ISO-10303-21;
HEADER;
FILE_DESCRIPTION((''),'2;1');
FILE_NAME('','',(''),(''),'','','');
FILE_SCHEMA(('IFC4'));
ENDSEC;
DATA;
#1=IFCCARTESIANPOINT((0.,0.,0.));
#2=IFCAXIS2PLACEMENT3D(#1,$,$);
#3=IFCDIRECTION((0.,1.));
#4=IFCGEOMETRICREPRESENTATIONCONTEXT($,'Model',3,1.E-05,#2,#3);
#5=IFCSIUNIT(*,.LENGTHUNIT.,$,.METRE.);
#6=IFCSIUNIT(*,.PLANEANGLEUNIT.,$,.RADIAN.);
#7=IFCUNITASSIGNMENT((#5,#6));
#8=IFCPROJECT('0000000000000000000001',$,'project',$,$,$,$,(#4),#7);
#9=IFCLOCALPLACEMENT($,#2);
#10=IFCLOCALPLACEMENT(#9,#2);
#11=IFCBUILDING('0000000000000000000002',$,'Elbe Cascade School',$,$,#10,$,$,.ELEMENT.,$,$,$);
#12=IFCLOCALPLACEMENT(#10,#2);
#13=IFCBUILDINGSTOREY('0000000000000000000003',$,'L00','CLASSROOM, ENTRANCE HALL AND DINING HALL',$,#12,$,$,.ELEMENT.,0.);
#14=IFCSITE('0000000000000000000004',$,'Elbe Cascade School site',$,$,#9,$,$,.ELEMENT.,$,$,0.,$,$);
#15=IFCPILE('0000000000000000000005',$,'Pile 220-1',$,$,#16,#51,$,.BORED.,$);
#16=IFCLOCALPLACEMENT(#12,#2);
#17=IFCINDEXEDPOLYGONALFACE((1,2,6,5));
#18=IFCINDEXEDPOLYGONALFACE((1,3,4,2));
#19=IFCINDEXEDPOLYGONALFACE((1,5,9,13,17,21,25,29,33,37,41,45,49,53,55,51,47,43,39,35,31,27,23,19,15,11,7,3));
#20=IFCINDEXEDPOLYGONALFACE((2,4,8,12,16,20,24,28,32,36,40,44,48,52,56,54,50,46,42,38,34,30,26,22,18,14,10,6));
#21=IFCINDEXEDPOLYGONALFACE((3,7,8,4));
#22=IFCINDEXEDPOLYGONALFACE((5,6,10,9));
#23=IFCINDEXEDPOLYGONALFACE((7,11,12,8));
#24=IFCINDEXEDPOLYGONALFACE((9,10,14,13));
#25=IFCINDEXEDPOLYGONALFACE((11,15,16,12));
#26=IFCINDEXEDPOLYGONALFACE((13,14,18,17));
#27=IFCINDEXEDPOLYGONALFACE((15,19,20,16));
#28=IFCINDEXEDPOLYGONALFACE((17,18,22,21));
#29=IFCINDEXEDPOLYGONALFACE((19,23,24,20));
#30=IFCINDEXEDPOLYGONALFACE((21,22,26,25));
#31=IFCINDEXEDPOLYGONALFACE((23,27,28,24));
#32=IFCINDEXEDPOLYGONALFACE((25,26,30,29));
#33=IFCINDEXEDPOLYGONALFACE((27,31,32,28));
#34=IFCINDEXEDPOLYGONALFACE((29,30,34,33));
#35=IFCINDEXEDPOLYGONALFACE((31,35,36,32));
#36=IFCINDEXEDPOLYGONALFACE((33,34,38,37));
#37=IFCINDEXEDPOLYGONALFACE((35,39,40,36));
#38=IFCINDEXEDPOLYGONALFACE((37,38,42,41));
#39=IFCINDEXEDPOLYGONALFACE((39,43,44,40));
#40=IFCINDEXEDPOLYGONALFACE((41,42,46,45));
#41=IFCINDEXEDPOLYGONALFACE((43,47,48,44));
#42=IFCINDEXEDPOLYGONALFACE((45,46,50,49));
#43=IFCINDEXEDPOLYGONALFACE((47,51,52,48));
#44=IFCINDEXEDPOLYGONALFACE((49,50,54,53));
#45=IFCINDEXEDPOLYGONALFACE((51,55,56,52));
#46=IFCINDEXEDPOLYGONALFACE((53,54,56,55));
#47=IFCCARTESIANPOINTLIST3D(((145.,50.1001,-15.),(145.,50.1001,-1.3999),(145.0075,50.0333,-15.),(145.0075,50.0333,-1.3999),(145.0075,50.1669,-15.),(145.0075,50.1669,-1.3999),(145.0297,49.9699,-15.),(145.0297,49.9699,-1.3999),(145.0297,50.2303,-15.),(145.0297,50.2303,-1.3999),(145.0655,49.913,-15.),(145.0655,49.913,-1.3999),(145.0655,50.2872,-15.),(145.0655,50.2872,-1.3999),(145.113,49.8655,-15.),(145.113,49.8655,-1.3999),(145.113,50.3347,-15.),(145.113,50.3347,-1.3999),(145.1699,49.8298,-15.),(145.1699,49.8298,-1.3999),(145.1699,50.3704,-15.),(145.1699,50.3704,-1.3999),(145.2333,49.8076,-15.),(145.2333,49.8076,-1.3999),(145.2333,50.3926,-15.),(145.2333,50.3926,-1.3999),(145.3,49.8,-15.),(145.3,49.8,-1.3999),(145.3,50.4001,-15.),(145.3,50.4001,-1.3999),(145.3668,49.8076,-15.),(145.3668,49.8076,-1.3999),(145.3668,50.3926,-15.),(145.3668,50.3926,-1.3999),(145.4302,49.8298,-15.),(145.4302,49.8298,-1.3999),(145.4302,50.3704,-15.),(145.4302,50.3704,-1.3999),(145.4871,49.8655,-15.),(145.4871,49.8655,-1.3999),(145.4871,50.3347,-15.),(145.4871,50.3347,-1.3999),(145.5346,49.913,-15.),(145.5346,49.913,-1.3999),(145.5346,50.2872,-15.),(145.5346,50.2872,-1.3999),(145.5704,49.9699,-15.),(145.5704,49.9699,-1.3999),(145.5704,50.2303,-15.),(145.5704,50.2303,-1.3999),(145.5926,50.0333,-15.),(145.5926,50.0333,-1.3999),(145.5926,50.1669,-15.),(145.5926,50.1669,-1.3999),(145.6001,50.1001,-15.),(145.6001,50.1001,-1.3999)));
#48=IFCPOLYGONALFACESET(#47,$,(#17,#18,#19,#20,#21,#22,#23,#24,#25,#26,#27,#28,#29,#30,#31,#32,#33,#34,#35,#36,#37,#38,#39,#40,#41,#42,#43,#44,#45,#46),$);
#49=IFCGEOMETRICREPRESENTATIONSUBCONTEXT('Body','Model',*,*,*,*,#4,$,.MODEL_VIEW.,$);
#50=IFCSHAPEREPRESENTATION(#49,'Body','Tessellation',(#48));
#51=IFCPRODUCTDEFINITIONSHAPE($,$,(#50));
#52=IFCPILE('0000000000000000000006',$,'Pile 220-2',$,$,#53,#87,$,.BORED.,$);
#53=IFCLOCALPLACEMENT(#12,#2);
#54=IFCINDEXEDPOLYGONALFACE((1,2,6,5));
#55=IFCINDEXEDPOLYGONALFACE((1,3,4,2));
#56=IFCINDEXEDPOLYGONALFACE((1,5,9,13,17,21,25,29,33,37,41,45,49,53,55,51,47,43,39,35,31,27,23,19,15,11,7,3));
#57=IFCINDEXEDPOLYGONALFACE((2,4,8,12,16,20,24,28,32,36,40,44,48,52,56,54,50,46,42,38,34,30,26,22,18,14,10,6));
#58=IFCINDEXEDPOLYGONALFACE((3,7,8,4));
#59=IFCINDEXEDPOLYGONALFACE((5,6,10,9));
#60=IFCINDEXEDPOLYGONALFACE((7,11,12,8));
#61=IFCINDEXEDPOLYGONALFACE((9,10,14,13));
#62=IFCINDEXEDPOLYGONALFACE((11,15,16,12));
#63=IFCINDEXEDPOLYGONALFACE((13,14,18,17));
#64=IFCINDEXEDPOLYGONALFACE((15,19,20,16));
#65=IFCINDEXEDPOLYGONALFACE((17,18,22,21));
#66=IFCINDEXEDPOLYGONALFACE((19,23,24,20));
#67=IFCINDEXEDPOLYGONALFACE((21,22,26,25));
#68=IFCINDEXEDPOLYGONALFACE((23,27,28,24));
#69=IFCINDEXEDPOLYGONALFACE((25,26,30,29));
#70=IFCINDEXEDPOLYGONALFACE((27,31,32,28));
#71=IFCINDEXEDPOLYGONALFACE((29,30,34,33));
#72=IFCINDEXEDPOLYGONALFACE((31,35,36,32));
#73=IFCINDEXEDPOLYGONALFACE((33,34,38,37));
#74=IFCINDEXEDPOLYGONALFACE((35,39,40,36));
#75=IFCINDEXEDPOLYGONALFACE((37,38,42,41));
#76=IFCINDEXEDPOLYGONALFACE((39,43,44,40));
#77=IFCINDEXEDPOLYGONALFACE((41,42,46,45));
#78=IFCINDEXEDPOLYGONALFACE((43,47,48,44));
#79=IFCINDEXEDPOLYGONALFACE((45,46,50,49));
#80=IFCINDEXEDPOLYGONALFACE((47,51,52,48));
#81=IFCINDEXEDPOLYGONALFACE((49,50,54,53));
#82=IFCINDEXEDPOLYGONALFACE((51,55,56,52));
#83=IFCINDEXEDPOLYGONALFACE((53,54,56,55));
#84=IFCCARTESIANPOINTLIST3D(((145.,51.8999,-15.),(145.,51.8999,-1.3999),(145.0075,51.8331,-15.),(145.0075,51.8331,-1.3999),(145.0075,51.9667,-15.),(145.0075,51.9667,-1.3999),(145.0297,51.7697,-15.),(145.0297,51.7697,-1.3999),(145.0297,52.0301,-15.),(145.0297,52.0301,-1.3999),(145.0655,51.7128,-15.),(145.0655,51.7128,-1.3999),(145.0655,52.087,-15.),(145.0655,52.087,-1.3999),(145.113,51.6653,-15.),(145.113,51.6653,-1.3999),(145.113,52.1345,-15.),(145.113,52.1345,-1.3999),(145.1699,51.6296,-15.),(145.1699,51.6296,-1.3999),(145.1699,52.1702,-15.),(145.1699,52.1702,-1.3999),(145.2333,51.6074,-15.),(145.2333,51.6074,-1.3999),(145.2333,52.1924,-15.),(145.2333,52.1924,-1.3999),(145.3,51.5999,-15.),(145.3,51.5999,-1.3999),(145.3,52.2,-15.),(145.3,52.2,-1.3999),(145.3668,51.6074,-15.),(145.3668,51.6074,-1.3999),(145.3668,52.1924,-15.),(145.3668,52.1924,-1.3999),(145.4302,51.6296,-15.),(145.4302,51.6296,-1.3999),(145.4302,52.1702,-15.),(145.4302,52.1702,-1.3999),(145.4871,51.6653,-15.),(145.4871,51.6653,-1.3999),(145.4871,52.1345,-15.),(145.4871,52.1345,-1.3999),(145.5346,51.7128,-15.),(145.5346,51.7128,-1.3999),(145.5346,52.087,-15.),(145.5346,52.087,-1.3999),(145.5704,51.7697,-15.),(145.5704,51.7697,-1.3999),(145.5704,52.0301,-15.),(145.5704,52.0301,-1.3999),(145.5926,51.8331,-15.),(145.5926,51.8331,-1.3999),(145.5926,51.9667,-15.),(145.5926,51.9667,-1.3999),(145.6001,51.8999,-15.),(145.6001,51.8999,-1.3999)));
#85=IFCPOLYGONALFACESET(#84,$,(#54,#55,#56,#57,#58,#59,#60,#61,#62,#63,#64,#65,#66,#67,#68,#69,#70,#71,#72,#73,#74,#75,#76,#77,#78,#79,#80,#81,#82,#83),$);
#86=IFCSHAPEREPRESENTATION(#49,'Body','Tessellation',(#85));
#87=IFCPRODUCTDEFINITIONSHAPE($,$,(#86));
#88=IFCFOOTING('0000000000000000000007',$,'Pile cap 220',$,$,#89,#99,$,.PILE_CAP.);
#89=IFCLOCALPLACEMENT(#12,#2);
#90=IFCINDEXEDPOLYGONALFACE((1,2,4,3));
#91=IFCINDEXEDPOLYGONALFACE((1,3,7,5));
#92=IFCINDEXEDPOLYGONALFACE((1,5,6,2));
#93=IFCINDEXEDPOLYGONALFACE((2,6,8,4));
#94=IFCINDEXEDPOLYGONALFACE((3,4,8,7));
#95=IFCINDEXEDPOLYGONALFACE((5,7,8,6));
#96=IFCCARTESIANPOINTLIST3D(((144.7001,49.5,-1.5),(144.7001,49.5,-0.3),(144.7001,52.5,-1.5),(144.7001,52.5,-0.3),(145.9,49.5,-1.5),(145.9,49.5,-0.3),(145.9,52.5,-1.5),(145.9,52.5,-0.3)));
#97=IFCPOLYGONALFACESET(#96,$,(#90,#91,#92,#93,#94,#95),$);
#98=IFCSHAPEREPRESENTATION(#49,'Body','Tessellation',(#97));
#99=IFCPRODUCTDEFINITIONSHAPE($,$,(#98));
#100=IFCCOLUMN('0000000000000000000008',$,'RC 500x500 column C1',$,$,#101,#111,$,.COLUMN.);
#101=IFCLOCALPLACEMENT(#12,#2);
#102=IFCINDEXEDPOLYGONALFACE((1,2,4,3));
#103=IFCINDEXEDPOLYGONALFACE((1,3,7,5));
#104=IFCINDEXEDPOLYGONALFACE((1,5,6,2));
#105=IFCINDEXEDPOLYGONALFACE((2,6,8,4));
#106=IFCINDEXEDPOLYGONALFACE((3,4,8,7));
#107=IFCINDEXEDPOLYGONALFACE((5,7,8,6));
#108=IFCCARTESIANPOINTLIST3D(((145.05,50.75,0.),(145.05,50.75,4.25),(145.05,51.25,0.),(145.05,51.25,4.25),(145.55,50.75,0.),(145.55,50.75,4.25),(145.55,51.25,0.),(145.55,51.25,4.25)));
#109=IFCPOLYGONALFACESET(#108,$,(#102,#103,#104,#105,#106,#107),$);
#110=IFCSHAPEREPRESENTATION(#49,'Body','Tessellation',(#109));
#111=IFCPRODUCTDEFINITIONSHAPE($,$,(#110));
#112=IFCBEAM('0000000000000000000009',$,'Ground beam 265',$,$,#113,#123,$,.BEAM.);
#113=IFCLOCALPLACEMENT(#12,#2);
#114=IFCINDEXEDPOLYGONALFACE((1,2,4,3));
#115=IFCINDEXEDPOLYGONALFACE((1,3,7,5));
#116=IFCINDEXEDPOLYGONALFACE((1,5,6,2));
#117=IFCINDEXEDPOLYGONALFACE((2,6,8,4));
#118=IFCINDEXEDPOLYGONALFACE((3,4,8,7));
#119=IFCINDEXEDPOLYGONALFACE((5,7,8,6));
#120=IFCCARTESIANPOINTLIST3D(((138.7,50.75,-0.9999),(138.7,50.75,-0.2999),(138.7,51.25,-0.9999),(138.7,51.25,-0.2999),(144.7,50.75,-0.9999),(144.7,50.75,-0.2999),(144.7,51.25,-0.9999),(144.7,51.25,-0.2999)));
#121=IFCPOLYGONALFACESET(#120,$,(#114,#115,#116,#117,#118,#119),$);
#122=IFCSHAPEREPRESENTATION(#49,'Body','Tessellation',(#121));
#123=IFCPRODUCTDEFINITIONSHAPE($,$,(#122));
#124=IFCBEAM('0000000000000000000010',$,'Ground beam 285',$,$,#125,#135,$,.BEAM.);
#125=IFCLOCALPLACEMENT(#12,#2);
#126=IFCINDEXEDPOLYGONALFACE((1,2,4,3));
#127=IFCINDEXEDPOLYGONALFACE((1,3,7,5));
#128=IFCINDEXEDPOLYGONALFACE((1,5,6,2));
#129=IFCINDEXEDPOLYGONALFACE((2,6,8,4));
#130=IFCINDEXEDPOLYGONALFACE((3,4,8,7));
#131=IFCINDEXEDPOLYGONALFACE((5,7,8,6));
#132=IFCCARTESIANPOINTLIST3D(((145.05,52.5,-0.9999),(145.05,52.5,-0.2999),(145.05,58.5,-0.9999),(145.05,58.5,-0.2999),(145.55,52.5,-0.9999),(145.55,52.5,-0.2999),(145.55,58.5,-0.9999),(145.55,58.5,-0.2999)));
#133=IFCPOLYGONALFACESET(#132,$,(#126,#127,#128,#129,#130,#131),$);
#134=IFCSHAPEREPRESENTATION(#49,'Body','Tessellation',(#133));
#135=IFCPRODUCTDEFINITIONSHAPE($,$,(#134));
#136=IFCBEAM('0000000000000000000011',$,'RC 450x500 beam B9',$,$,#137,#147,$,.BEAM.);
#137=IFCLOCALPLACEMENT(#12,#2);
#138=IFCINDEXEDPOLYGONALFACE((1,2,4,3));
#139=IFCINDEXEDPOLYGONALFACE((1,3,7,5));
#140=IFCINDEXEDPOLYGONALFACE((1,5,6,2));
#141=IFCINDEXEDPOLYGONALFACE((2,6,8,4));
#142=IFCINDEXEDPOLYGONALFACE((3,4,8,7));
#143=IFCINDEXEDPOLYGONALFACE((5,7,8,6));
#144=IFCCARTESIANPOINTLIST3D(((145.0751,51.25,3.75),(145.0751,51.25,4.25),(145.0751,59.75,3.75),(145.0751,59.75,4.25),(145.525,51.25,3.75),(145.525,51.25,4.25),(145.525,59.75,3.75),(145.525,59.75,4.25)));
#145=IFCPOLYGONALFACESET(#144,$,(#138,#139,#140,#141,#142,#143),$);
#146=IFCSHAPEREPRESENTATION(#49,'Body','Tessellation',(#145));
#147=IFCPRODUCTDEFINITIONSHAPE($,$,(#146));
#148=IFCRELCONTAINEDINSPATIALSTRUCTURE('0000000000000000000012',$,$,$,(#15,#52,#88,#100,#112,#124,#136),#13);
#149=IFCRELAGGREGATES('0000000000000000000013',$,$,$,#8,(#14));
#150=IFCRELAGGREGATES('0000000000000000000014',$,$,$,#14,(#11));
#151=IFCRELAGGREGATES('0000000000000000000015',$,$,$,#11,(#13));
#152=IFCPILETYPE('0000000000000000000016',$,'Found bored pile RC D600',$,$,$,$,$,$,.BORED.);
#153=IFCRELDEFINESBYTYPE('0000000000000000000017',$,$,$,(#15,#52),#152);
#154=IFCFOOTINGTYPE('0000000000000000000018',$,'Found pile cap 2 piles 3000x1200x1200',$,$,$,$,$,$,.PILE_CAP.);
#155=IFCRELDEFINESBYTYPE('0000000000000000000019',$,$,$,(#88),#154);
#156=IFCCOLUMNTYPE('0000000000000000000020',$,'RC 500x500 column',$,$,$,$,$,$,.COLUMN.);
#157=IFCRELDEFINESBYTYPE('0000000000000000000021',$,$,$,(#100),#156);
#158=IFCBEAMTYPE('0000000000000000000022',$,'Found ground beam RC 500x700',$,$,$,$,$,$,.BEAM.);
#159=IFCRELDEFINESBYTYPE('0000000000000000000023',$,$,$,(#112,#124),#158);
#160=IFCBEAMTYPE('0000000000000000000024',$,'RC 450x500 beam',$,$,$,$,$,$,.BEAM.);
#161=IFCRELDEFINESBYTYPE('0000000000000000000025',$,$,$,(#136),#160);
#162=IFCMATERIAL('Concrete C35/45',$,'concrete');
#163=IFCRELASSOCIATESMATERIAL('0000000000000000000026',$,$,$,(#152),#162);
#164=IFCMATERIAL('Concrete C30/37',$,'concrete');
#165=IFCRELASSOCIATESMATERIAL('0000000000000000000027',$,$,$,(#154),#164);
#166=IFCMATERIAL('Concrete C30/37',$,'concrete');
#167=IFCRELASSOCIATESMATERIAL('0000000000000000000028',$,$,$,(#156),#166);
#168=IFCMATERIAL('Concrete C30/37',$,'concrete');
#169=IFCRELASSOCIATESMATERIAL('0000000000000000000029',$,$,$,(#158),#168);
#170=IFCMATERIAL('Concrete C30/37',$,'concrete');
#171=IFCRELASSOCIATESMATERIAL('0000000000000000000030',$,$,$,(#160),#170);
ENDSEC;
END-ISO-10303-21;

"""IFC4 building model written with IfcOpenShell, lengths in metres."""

from ifc_helpers import new_model, si_unit, direction, frame, origin, origin_2d, place, context, subcontext, project, spatial, rectangle, circle, extrude, material, material_profile, profile_set, type_object, element, save


model = new_model("IFC4")

# Units and contexts
model_context = context("Model", 3, precision=1e-05, world=origin(), true_north=direction((0.0, 1.0)))
body_context = subcontext(model_context, "Body", "Model", "MODEL_VIEW")
ifc_project = project(units=[si_unit("LENGTHUNIT", "METRE"), si_unit("PLANEANGLEUNIT", "RADIAN")], contexts=[model_context])

# Site, building, storey
site_placement = place(None, origin())
site = spatial("IfcSite", under=ifc_project, at=site_placement, Name="Elbe Cascade School site", CompositionType="ELEMENT", RefElevation=0.0)
building_placement = place(site_placement, origin())
building = spatial("IfcBuilding", under=site, at=building_placement, Name="Elbe Cascade School", CompositionType="ELEMENT")
storey_placement = place(building_placement, origin())
storey = spatial("IfcBuildingStorey", under=building, at=storey_placement, Name="L00", Description="CLASSROOM, ENTRANCE HALL AND DINING HALL", CompositionType="ELEMENT", Elevation=0.0)

# Piles
ifc_material_1 = material(Name="Concrete C35/45", Category="concrete")
ifc_material_profile_1 = material_profile(ifc_material_1, circle(Radius=0.3, at=origin_2d()), Name="RC D600")
ifc_profile_set_1 = profile_set([ifc_material_profile_1], Name="Concrete C35/45")
pile_type = type_object("IfcPileType", Name="Found bored pile RC D600", PredefinedType="BORED", material=ifc_profile_set_1)
for number, where, z_axis, x_axis, name in (
    (1, (145.3, 50.1001, -1.3999), (0.0, 0.0, -1.0), (1.0, 0.0, 0.0), "Pile 220-1"),
    (2, (145.3, 51.8999, -1.3999), (0.0, 0.0, -1.0), (1.0, 0.0, 0.0), "Pile 220-2"),
):
    element("IfcPile", number, at=place(storey_placement, frame(where, z_axis=z_axis, x_axis=x_axis)), inside=storey, type_object=pile_type, Name=name, PredefinedType="BORED", context=body_context, shape_type="SweptSolid", body=[
        extrude(circle(Radius=0.3, at=origin_2d()), origin(), (0.0, 0.0, 1.0), 13.6001),
    ])

# Footing
ifc_material_2 = material(Name="Concrete C30/37", Category="concrete")
footing_type = type_object("IfcFootingType", Name="Found pile cap 2 piles 3000x1200x1200", PredefinedType="PILE_CAP", material=ifc_material_2)
footing_placement = place(storey_placement, frame((145.3, 51.0, -1.5), z_axis=(0.0, 0.0, 1.0), x_axis=(1.0, 0.0, 0.0)))
element("IfcFooting", 3, at=footing_placement, inside=storey, type_object=footing_type, Name="Pile cap 220", PredefinedType="PILE_CAP", context=body_context, shape_type="SweptSolid", body=[
    extrude(rectangle(XDim=1.2, YDim=3.0, at=origin_2d()), origin(), (0.0, 0.0, 1.0), 1.2),
])

# Column
ifc_material_3 = material(Name="Concrete C30/37", Category="concrete")
ifc_material_profile_2 = material_profile(ifc_material_3, rectangle(XDim=0.5, YDim=0.5, at=origin_2d()), Name="RC 500x500")
ifc_profile_set_2 = profile_set([ifc_material_profile_2], Name="Concrete C30/37")
column_type = type_object("IfcColumnType", Name="RC 500x500 column", PredefinedType="COLUMN", material=ifc_profile_set_2)
column_placement = place(storey_placement, frame((145.3, 51.0, 0.0), z_axis=(0.0, 0.0, 1.0), x_axis=(1.0, 0.0, 0.0)))
element("IfcColumn", 4, at=column_placement, inside=storey, type_object=column_type, Name="RC 500x500 column C1", PredefinedType="COLUMN", context=body_context, shape_type="SweptSolid", body=[
    extrude(rectangle(XDim=0.5, YDim=0.5, at=origin_2d()), origin(), (0.0, 0.0, 1.0), 4.25),
])

# Beams
ifc_material_4 = material(Name="Concrete C30/37", Category="concrete")
ifc_material_profile_3 = material_profile(ifc_material_4, rectangle(XDim=0.5, YDim=0.7, at=origin_2d()), Name="RC 500x700")
ifc_profile_set_3 = profile_set([ifc_material_profile_3], Name="Concrete C30/37")
beam_type_1 = type_object("IfcBeamType", Name="Found ground beam RC 500x700", PredefinedType="BEAM", material=ifc_profile_set_3)
for number, where, z_axis, x_axis, name in (
    (5, (138.7, 51.0, -0.6499), (1.0, 0.0, 0.0), (0.0, 1.0, 0.0), "Ground beam 265"),
    (6, (145.3, 52.5, -0.6499), (0.0, 1.0, 0.0), (-1.0, 0.0, 0.0), "Ground beam 285"),
):
    element("IfcBeam", number, at=place(storey_placement, frame(where, z_axis=z_axis, x_axis=x_axis)), inside=storey, type_object=beam_type_1, Name=name, PredefinedType="BEAM", context=body_context, shape_type="SweptSolid", body=[
        extrude(rectangle(XDim=0.5, YDim=0.7, at=origin_2d()), origin(), (0.0, 0.0, 1.0), 6.0),
    ])
ifc_material_5 = material(Name="Concrete C30/37", Category="concrete")
ifc_material_profile_4 = material_profile(ifc_material_5, rectangle(XDim=0.45, YDim=0.5, at=origin_2d()), Name="RC 450x500")
ifc_profile_set_4 = profile_set([ifc_material_profile_4], Name="Concrete C30/37")
beam_type_2 = type_object("IfcBeamType", Name="RC 450x500 beam", PredefinedType="BEAM", material=ifc_profile_set_4)
beam_placement = place(storey_placement, frame((145.3, 51.25, 4.0), z_axis=(0.0, 1.0, 0.0), x_axis=(-1.0, 0.0, 0.0)))
element("IfcBeam", 7, at=beam_placement, inside=storey, type_object=beam_type_2, Name="RC 450x500 beam B9", PredefinedType="BEAM", context=body_context, shape_type="SweptSolid", body=[
    extrude(rectangle(XDim=0.45, YDim=0.5, at=origin_2d()), origin(), (0.0, 0.0, 1.0), 8.5),
])

save(model, "model.ifc")
